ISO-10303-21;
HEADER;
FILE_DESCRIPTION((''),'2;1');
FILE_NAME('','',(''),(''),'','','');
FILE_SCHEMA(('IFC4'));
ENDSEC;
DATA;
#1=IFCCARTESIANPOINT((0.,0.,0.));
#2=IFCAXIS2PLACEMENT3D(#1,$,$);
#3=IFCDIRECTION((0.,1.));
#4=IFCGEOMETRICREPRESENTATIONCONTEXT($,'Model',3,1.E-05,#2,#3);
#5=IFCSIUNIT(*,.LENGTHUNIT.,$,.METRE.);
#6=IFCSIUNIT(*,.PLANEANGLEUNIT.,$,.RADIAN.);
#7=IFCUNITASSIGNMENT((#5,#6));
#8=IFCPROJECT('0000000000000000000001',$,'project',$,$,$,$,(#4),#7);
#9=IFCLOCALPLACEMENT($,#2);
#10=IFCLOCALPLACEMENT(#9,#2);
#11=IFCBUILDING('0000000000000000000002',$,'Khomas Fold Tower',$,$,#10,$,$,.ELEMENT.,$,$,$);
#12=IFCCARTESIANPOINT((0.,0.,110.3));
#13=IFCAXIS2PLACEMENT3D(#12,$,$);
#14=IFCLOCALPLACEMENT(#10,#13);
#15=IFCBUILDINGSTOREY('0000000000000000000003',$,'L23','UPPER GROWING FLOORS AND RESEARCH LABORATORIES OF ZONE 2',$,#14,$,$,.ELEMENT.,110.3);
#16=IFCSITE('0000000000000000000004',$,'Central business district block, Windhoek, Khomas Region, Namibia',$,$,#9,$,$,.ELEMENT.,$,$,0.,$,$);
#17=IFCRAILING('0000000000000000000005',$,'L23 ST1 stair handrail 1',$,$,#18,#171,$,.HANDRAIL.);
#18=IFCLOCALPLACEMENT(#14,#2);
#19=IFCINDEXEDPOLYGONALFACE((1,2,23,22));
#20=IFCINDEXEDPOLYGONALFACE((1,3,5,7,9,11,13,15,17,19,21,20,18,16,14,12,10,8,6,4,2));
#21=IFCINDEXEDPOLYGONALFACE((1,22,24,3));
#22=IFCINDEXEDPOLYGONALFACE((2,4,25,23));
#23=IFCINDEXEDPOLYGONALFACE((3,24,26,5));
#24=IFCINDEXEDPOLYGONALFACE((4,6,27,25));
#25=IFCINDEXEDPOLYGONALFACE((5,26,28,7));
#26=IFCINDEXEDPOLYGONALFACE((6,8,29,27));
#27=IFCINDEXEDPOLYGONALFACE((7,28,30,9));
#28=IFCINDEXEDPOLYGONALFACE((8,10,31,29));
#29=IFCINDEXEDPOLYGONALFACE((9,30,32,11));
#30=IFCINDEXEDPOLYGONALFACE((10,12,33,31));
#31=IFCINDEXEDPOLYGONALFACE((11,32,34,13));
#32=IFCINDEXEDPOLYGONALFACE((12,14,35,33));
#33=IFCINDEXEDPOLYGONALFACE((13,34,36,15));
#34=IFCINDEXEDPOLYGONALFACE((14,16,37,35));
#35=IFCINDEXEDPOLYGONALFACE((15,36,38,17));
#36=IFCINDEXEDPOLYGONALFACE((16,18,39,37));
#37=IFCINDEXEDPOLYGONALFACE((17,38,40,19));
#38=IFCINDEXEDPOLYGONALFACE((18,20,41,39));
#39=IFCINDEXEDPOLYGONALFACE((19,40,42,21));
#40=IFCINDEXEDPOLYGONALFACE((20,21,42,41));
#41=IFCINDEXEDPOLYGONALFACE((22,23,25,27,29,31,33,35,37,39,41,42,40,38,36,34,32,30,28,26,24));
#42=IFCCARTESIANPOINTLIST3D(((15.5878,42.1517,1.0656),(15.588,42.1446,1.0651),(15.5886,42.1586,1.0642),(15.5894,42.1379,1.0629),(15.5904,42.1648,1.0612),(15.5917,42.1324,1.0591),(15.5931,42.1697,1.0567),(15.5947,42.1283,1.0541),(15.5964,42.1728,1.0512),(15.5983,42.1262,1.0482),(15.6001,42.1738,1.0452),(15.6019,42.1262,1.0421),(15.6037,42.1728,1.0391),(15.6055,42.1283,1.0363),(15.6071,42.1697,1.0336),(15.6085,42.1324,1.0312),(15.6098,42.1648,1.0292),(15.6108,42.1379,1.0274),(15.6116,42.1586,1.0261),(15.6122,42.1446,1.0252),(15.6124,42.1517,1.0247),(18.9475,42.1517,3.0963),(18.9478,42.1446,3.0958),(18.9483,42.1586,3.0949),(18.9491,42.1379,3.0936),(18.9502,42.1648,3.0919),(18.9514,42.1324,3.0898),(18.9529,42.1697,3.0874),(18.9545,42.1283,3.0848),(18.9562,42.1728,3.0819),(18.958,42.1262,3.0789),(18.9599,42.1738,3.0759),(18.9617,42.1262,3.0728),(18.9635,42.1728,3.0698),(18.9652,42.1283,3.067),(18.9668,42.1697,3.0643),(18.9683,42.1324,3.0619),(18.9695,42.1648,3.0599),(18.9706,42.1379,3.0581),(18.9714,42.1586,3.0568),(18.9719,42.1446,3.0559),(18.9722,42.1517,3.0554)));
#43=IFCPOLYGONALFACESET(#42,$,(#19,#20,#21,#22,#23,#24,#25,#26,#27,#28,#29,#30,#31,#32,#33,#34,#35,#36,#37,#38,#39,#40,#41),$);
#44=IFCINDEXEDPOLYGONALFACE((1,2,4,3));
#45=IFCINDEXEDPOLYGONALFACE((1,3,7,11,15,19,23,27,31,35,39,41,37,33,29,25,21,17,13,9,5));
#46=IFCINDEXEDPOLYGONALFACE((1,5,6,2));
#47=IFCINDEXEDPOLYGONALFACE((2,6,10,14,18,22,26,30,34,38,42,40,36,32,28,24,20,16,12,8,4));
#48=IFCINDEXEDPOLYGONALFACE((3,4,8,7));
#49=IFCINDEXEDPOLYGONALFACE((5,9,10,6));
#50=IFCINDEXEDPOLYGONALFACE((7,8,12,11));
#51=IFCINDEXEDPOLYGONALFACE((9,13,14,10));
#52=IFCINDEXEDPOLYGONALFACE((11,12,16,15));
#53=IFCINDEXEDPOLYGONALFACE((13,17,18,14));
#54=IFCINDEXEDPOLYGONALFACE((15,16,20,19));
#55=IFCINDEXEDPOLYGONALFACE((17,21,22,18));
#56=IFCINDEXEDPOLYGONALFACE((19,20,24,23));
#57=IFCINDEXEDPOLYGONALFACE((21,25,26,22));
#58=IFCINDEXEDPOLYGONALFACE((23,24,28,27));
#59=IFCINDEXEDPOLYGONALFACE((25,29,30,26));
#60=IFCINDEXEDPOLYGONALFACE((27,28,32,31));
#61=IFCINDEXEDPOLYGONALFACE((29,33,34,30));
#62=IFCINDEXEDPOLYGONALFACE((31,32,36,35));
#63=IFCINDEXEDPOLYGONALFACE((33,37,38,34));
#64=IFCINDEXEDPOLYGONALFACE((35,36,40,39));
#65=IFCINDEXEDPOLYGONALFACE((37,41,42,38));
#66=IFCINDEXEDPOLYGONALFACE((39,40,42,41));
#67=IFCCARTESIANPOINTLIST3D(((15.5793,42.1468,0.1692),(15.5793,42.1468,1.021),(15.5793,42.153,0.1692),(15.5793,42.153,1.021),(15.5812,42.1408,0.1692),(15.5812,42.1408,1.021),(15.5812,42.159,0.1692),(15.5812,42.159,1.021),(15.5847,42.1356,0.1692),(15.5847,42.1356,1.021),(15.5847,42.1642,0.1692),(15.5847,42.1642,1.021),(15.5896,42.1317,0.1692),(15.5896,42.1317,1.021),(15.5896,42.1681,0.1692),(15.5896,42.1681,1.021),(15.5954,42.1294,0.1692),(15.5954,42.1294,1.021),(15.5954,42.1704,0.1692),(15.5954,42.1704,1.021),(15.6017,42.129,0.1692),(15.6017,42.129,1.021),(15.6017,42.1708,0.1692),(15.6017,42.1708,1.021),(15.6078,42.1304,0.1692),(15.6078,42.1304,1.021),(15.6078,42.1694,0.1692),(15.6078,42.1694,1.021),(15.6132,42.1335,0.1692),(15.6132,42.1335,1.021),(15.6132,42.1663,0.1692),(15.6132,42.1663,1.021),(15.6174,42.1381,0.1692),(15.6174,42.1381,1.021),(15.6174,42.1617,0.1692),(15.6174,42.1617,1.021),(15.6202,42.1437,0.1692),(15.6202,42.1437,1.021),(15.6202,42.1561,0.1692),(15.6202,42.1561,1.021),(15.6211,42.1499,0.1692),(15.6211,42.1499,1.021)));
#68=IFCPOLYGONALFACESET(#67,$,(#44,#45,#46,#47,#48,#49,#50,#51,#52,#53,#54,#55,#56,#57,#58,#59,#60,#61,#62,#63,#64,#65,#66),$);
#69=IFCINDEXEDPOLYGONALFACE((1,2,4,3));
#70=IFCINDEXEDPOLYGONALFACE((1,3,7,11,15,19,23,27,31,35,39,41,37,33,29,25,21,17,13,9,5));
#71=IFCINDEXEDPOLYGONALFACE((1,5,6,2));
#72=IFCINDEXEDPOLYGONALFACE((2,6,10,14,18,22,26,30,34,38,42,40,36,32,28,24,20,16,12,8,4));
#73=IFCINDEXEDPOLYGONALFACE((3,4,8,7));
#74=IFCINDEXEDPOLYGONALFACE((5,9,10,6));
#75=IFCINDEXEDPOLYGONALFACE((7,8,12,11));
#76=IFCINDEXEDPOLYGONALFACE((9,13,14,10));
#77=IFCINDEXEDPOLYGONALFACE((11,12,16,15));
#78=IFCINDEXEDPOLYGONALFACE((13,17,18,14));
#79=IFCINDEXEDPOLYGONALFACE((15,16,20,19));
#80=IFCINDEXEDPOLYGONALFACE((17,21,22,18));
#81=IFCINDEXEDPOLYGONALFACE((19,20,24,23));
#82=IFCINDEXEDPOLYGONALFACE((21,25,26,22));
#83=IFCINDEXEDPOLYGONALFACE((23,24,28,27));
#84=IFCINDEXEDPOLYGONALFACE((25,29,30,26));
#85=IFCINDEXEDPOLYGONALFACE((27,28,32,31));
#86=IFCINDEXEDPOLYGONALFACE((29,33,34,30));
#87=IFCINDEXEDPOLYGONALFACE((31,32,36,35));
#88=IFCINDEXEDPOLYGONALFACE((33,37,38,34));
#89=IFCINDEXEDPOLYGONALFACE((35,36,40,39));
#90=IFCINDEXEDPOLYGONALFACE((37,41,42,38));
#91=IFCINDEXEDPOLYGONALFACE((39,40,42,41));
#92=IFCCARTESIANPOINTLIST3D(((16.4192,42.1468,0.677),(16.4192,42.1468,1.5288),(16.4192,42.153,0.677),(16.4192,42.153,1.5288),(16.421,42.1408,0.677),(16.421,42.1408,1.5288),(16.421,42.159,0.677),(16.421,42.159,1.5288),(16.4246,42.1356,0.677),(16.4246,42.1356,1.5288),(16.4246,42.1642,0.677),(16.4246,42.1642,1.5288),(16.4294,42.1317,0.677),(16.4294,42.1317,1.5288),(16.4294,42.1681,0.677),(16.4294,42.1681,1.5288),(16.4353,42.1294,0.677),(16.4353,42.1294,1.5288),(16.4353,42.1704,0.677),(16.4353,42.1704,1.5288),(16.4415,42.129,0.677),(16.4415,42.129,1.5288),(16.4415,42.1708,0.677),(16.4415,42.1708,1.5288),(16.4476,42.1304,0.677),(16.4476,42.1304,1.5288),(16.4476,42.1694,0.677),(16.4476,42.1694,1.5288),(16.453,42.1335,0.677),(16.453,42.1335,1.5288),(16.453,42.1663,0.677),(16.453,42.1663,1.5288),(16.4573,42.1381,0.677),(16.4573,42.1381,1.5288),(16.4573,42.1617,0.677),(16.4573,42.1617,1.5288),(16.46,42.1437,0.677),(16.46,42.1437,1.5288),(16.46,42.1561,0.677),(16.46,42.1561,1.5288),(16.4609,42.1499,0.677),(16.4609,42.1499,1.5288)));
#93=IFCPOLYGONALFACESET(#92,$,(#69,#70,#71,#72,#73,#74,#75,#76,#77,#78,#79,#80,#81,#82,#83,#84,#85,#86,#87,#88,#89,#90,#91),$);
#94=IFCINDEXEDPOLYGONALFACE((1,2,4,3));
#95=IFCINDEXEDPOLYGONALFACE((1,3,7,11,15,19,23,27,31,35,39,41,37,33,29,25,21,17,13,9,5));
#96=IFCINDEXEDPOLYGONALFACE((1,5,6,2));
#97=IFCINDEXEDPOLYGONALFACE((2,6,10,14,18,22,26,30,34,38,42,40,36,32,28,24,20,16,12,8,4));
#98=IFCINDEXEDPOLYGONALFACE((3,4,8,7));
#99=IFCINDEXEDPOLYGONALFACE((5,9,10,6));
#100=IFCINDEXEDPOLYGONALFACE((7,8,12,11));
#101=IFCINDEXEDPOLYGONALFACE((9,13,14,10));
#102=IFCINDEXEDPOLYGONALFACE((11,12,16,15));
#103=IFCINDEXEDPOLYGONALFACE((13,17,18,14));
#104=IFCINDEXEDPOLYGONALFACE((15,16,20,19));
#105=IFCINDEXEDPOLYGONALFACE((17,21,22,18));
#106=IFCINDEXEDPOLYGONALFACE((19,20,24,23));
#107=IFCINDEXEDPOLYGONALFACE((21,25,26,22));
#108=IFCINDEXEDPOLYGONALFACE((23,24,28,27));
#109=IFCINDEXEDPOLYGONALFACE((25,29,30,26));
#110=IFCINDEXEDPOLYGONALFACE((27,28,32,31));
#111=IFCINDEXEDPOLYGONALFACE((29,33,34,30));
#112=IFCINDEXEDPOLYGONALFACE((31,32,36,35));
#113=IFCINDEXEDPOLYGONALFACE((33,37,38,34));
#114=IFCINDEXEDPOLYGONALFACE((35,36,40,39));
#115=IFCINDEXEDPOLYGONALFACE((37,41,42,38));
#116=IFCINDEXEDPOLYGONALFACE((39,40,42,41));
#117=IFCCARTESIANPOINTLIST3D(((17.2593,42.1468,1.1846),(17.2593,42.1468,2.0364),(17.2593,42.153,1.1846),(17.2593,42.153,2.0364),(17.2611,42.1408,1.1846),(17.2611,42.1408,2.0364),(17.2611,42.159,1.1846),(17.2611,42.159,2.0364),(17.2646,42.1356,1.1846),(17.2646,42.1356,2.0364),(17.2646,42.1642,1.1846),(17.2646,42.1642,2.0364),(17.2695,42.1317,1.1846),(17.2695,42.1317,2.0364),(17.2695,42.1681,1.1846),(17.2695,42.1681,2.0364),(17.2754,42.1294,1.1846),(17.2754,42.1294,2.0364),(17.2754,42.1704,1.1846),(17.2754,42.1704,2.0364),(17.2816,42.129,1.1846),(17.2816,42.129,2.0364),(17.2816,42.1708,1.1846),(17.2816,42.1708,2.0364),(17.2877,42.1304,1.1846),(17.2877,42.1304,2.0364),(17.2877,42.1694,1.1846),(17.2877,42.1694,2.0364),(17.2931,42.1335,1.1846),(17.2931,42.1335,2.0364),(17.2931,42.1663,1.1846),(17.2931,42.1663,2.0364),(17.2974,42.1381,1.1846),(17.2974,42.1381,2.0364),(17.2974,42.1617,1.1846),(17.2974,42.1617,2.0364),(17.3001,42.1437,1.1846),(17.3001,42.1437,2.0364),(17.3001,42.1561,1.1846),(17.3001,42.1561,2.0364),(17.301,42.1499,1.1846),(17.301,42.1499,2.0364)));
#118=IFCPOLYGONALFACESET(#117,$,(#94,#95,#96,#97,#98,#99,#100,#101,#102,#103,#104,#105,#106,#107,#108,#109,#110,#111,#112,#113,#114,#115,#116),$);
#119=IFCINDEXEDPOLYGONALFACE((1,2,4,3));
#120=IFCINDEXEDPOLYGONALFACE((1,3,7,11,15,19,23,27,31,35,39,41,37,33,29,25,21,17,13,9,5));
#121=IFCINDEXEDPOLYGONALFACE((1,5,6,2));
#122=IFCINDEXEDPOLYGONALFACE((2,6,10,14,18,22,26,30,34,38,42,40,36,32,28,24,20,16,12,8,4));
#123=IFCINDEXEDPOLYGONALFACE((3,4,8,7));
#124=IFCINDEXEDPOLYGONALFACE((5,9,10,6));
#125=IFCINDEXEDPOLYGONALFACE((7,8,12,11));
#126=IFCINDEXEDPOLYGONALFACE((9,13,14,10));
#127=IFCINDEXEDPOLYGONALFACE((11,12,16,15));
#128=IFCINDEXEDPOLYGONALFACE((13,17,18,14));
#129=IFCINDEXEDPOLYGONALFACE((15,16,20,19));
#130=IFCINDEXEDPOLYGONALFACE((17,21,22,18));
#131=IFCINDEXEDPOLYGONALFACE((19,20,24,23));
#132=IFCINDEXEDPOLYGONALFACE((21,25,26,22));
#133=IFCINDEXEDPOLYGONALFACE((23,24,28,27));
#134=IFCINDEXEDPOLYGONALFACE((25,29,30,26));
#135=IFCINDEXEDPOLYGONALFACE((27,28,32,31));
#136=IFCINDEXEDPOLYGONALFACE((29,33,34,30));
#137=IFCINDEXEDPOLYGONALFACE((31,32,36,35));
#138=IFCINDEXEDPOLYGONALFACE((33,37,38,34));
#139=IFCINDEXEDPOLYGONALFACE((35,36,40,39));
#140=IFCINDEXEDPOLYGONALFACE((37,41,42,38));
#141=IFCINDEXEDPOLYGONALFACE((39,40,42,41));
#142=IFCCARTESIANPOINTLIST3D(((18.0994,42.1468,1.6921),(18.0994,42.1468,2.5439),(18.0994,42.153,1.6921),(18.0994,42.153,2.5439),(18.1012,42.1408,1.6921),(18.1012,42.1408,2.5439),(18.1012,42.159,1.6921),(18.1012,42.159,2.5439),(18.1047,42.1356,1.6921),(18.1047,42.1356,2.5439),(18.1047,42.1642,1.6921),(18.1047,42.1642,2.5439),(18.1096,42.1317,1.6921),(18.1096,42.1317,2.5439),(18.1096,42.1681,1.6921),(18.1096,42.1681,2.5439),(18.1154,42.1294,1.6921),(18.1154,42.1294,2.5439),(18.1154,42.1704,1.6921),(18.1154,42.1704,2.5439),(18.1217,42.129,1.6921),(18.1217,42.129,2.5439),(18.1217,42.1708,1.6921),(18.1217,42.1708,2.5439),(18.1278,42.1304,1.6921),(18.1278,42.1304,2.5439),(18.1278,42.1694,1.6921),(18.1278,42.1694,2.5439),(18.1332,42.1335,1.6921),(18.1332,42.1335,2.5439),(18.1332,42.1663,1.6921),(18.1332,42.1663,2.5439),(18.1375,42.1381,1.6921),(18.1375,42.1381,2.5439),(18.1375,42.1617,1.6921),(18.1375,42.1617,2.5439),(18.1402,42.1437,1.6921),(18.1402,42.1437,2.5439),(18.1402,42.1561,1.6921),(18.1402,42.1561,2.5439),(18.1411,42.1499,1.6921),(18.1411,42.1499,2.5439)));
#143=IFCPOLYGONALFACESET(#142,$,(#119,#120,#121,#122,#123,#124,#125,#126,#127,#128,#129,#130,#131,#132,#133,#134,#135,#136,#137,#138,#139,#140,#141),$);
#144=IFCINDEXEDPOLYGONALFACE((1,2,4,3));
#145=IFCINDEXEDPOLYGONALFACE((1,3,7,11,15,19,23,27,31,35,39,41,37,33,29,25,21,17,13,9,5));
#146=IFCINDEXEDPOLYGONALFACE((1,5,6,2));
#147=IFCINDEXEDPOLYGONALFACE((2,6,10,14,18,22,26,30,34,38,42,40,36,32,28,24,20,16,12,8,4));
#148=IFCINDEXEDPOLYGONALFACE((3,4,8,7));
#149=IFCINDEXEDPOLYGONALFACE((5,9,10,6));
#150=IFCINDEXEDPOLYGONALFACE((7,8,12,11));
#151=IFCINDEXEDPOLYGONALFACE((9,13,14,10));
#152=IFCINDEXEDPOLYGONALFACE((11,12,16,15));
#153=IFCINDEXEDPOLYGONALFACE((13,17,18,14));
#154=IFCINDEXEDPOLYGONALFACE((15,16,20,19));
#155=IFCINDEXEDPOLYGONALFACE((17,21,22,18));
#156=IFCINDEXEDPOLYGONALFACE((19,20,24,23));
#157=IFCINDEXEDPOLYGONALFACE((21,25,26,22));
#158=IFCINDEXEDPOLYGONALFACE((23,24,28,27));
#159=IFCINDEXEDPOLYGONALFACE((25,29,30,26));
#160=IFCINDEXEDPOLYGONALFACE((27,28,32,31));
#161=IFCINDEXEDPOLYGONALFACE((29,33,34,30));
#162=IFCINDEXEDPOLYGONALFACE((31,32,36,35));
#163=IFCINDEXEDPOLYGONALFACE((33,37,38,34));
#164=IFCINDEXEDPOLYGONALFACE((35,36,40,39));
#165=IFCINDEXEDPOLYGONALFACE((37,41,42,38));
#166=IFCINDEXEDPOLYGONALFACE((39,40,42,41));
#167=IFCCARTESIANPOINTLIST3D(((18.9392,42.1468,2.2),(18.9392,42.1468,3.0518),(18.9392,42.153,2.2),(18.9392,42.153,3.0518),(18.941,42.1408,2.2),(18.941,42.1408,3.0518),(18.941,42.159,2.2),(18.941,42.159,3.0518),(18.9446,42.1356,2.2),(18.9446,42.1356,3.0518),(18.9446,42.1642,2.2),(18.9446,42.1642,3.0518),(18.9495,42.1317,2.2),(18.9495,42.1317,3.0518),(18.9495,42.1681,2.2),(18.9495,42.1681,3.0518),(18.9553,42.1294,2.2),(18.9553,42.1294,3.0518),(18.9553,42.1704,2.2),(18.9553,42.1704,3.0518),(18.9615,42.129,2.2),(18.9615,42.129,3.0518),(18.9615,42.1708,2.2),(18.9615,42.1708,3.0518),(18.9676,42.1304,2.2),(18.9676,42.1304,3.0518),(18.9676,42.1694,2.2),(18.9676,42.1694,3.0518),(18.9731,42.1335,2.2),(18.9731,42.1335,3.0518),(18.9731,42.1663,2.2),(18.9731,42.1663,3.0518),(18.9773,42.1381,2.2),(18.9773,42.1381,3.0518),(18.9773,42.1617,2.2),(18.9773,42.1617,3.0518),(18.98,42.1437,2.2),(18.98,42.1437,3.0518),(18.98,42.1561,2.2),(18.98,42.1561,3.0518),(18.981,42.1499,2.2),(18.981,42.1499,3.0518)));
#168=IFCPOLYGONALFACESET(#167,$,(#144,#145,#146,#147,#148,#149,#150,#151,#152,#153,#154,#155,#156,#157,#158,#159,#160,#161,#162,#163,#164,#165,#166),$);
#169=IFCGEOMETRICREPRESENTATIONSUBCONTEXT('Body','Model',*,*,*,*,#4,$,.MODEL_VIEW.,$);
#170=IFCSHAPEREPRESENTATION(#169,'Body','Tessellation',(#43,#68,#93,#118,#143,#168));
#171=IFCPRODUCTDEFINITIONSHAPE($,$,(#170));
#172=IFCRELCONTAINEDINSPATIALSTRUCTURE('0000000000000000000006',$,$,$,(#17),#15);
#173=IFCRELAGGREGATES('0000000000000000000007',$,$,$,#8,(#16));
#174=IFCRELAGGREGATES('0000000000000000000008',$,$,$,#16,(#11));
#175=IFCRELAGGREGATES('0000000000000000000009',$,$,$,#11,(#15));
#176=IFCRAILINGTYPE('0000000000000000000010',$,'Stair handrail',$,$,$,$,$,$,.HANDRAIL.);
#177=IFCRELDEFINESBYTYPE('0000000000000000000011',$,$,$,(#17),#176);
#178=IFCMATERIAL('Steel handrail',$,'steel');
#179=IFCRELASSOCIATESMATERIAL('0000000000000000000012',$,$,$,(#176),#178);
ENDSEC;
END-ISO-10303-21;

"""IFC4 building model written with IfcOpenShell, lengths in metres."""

from ifc_helpers import new_model, si_unit, direction, frame, origin, origin_2d, place, context, subcontext, project, spatial, circle, extrude, source, transform, mapped, material, type_object, element, save


model = new_model("IFC4")

# Units and contexts
model_context = context("Model", 3, precision=1e-05, world=origin(), true_north=direction((0.0, 1.0)))
body_context = subcontext(model_context, "Body", "Model", "MODEL_VIEW")
ifc_project = project(units=[si_unit("LENGTHUNIT", "METRE"), si_unit("PLANEANGLEUNIT", "RADIAN")], contexts=[model_context])

# Site, building, storey
site_placement = place(None, origin())
site = spatial("IfcSite", under=ifc_project, at=site_placement, Name="Central business district block, Windhoek, Khomas Region, Namibia", CompositionType="ELEMENT", RefElevation=0.0)
building_placement = place(site_placement, origin())
building = spatial("IfcBuilding", under=site, at=building_placement, Name="Khomas Fold Tower", CompositionType="ELEMENT")
storey_placement = place(building_placement, frame((0.0, 0.0, 110.3)))
storey = spatial("IfcBuildingStorey", under=building, at=storey_placement, Name="L23", Description="UPPER GROWING FLOORS AND RESEARCH LABORATORIES OF ZONE 2", CompositionType="ELEMENT", Elevation=110.3)

# Railing
ifc_material_1 = material(Name="Steel handrail", Category="steel")
railing_type_1 = type_object("IfcRailingType", Name="Stair handrail", PredefinedType="HANDRAIL", material=ifc_material_1)
shared_shape_1 = source(origin(), body_context, "Body", "SweptSolid", [
    extrude(circle(Radius=0.0239, at=origin_2d()), frame((0.0, 0.0, 0.876), z_axis=(0.85582, 0.0, 0.517273), x_axis=(0.0, 1.0, 0.0)), (0.0, 0.0, 1.0), 3.9258),
    extrude(circle(Radius=0.021, at=origin_2d()), origin(), (0.0, 0.0, 1.0), 0.8518),
    extrude(circle(Radius=0.021, at=origin_2d()), frame((0.8398, 0.0, 0.5078)), (0.0, 0.0, 1.0), 0.8518),
    extrude(circle(Radius=0.021, at=origin_2d()), frame((1.6799, 0.0, 1.0154)), (0.0, 0.0, 1.0), 0.8518),
    extrude(circle(Radius=0.021, at=origin_2d()), frame((2.52, 0.0, 1.5229)), (0.0, 0.0, 1.0), 0.8518),
    extrude(circle(Radius=0.021, at=origin_2d()), frame((3.3599, 0.0, 2.0308)), (0.0, 0.0, 1.0), 0.8518),
])
railing_1_placement = place(storey_placement, frame((15.6001, 42.1499, 0.1692)))
element("IfcRailing", 1, at=railing_1_placement, inside=storey, type_object=railing_type_1, Name="L23 ST1 stair handrail 1", PredefinedType="HANDRAIL", context=body_context, shape_type="MappedRepresentation", body=[
    mapped(shared_shape_1, transform((0.0, 0.0, 0.0))),
])

save(model, "model.ifc")
